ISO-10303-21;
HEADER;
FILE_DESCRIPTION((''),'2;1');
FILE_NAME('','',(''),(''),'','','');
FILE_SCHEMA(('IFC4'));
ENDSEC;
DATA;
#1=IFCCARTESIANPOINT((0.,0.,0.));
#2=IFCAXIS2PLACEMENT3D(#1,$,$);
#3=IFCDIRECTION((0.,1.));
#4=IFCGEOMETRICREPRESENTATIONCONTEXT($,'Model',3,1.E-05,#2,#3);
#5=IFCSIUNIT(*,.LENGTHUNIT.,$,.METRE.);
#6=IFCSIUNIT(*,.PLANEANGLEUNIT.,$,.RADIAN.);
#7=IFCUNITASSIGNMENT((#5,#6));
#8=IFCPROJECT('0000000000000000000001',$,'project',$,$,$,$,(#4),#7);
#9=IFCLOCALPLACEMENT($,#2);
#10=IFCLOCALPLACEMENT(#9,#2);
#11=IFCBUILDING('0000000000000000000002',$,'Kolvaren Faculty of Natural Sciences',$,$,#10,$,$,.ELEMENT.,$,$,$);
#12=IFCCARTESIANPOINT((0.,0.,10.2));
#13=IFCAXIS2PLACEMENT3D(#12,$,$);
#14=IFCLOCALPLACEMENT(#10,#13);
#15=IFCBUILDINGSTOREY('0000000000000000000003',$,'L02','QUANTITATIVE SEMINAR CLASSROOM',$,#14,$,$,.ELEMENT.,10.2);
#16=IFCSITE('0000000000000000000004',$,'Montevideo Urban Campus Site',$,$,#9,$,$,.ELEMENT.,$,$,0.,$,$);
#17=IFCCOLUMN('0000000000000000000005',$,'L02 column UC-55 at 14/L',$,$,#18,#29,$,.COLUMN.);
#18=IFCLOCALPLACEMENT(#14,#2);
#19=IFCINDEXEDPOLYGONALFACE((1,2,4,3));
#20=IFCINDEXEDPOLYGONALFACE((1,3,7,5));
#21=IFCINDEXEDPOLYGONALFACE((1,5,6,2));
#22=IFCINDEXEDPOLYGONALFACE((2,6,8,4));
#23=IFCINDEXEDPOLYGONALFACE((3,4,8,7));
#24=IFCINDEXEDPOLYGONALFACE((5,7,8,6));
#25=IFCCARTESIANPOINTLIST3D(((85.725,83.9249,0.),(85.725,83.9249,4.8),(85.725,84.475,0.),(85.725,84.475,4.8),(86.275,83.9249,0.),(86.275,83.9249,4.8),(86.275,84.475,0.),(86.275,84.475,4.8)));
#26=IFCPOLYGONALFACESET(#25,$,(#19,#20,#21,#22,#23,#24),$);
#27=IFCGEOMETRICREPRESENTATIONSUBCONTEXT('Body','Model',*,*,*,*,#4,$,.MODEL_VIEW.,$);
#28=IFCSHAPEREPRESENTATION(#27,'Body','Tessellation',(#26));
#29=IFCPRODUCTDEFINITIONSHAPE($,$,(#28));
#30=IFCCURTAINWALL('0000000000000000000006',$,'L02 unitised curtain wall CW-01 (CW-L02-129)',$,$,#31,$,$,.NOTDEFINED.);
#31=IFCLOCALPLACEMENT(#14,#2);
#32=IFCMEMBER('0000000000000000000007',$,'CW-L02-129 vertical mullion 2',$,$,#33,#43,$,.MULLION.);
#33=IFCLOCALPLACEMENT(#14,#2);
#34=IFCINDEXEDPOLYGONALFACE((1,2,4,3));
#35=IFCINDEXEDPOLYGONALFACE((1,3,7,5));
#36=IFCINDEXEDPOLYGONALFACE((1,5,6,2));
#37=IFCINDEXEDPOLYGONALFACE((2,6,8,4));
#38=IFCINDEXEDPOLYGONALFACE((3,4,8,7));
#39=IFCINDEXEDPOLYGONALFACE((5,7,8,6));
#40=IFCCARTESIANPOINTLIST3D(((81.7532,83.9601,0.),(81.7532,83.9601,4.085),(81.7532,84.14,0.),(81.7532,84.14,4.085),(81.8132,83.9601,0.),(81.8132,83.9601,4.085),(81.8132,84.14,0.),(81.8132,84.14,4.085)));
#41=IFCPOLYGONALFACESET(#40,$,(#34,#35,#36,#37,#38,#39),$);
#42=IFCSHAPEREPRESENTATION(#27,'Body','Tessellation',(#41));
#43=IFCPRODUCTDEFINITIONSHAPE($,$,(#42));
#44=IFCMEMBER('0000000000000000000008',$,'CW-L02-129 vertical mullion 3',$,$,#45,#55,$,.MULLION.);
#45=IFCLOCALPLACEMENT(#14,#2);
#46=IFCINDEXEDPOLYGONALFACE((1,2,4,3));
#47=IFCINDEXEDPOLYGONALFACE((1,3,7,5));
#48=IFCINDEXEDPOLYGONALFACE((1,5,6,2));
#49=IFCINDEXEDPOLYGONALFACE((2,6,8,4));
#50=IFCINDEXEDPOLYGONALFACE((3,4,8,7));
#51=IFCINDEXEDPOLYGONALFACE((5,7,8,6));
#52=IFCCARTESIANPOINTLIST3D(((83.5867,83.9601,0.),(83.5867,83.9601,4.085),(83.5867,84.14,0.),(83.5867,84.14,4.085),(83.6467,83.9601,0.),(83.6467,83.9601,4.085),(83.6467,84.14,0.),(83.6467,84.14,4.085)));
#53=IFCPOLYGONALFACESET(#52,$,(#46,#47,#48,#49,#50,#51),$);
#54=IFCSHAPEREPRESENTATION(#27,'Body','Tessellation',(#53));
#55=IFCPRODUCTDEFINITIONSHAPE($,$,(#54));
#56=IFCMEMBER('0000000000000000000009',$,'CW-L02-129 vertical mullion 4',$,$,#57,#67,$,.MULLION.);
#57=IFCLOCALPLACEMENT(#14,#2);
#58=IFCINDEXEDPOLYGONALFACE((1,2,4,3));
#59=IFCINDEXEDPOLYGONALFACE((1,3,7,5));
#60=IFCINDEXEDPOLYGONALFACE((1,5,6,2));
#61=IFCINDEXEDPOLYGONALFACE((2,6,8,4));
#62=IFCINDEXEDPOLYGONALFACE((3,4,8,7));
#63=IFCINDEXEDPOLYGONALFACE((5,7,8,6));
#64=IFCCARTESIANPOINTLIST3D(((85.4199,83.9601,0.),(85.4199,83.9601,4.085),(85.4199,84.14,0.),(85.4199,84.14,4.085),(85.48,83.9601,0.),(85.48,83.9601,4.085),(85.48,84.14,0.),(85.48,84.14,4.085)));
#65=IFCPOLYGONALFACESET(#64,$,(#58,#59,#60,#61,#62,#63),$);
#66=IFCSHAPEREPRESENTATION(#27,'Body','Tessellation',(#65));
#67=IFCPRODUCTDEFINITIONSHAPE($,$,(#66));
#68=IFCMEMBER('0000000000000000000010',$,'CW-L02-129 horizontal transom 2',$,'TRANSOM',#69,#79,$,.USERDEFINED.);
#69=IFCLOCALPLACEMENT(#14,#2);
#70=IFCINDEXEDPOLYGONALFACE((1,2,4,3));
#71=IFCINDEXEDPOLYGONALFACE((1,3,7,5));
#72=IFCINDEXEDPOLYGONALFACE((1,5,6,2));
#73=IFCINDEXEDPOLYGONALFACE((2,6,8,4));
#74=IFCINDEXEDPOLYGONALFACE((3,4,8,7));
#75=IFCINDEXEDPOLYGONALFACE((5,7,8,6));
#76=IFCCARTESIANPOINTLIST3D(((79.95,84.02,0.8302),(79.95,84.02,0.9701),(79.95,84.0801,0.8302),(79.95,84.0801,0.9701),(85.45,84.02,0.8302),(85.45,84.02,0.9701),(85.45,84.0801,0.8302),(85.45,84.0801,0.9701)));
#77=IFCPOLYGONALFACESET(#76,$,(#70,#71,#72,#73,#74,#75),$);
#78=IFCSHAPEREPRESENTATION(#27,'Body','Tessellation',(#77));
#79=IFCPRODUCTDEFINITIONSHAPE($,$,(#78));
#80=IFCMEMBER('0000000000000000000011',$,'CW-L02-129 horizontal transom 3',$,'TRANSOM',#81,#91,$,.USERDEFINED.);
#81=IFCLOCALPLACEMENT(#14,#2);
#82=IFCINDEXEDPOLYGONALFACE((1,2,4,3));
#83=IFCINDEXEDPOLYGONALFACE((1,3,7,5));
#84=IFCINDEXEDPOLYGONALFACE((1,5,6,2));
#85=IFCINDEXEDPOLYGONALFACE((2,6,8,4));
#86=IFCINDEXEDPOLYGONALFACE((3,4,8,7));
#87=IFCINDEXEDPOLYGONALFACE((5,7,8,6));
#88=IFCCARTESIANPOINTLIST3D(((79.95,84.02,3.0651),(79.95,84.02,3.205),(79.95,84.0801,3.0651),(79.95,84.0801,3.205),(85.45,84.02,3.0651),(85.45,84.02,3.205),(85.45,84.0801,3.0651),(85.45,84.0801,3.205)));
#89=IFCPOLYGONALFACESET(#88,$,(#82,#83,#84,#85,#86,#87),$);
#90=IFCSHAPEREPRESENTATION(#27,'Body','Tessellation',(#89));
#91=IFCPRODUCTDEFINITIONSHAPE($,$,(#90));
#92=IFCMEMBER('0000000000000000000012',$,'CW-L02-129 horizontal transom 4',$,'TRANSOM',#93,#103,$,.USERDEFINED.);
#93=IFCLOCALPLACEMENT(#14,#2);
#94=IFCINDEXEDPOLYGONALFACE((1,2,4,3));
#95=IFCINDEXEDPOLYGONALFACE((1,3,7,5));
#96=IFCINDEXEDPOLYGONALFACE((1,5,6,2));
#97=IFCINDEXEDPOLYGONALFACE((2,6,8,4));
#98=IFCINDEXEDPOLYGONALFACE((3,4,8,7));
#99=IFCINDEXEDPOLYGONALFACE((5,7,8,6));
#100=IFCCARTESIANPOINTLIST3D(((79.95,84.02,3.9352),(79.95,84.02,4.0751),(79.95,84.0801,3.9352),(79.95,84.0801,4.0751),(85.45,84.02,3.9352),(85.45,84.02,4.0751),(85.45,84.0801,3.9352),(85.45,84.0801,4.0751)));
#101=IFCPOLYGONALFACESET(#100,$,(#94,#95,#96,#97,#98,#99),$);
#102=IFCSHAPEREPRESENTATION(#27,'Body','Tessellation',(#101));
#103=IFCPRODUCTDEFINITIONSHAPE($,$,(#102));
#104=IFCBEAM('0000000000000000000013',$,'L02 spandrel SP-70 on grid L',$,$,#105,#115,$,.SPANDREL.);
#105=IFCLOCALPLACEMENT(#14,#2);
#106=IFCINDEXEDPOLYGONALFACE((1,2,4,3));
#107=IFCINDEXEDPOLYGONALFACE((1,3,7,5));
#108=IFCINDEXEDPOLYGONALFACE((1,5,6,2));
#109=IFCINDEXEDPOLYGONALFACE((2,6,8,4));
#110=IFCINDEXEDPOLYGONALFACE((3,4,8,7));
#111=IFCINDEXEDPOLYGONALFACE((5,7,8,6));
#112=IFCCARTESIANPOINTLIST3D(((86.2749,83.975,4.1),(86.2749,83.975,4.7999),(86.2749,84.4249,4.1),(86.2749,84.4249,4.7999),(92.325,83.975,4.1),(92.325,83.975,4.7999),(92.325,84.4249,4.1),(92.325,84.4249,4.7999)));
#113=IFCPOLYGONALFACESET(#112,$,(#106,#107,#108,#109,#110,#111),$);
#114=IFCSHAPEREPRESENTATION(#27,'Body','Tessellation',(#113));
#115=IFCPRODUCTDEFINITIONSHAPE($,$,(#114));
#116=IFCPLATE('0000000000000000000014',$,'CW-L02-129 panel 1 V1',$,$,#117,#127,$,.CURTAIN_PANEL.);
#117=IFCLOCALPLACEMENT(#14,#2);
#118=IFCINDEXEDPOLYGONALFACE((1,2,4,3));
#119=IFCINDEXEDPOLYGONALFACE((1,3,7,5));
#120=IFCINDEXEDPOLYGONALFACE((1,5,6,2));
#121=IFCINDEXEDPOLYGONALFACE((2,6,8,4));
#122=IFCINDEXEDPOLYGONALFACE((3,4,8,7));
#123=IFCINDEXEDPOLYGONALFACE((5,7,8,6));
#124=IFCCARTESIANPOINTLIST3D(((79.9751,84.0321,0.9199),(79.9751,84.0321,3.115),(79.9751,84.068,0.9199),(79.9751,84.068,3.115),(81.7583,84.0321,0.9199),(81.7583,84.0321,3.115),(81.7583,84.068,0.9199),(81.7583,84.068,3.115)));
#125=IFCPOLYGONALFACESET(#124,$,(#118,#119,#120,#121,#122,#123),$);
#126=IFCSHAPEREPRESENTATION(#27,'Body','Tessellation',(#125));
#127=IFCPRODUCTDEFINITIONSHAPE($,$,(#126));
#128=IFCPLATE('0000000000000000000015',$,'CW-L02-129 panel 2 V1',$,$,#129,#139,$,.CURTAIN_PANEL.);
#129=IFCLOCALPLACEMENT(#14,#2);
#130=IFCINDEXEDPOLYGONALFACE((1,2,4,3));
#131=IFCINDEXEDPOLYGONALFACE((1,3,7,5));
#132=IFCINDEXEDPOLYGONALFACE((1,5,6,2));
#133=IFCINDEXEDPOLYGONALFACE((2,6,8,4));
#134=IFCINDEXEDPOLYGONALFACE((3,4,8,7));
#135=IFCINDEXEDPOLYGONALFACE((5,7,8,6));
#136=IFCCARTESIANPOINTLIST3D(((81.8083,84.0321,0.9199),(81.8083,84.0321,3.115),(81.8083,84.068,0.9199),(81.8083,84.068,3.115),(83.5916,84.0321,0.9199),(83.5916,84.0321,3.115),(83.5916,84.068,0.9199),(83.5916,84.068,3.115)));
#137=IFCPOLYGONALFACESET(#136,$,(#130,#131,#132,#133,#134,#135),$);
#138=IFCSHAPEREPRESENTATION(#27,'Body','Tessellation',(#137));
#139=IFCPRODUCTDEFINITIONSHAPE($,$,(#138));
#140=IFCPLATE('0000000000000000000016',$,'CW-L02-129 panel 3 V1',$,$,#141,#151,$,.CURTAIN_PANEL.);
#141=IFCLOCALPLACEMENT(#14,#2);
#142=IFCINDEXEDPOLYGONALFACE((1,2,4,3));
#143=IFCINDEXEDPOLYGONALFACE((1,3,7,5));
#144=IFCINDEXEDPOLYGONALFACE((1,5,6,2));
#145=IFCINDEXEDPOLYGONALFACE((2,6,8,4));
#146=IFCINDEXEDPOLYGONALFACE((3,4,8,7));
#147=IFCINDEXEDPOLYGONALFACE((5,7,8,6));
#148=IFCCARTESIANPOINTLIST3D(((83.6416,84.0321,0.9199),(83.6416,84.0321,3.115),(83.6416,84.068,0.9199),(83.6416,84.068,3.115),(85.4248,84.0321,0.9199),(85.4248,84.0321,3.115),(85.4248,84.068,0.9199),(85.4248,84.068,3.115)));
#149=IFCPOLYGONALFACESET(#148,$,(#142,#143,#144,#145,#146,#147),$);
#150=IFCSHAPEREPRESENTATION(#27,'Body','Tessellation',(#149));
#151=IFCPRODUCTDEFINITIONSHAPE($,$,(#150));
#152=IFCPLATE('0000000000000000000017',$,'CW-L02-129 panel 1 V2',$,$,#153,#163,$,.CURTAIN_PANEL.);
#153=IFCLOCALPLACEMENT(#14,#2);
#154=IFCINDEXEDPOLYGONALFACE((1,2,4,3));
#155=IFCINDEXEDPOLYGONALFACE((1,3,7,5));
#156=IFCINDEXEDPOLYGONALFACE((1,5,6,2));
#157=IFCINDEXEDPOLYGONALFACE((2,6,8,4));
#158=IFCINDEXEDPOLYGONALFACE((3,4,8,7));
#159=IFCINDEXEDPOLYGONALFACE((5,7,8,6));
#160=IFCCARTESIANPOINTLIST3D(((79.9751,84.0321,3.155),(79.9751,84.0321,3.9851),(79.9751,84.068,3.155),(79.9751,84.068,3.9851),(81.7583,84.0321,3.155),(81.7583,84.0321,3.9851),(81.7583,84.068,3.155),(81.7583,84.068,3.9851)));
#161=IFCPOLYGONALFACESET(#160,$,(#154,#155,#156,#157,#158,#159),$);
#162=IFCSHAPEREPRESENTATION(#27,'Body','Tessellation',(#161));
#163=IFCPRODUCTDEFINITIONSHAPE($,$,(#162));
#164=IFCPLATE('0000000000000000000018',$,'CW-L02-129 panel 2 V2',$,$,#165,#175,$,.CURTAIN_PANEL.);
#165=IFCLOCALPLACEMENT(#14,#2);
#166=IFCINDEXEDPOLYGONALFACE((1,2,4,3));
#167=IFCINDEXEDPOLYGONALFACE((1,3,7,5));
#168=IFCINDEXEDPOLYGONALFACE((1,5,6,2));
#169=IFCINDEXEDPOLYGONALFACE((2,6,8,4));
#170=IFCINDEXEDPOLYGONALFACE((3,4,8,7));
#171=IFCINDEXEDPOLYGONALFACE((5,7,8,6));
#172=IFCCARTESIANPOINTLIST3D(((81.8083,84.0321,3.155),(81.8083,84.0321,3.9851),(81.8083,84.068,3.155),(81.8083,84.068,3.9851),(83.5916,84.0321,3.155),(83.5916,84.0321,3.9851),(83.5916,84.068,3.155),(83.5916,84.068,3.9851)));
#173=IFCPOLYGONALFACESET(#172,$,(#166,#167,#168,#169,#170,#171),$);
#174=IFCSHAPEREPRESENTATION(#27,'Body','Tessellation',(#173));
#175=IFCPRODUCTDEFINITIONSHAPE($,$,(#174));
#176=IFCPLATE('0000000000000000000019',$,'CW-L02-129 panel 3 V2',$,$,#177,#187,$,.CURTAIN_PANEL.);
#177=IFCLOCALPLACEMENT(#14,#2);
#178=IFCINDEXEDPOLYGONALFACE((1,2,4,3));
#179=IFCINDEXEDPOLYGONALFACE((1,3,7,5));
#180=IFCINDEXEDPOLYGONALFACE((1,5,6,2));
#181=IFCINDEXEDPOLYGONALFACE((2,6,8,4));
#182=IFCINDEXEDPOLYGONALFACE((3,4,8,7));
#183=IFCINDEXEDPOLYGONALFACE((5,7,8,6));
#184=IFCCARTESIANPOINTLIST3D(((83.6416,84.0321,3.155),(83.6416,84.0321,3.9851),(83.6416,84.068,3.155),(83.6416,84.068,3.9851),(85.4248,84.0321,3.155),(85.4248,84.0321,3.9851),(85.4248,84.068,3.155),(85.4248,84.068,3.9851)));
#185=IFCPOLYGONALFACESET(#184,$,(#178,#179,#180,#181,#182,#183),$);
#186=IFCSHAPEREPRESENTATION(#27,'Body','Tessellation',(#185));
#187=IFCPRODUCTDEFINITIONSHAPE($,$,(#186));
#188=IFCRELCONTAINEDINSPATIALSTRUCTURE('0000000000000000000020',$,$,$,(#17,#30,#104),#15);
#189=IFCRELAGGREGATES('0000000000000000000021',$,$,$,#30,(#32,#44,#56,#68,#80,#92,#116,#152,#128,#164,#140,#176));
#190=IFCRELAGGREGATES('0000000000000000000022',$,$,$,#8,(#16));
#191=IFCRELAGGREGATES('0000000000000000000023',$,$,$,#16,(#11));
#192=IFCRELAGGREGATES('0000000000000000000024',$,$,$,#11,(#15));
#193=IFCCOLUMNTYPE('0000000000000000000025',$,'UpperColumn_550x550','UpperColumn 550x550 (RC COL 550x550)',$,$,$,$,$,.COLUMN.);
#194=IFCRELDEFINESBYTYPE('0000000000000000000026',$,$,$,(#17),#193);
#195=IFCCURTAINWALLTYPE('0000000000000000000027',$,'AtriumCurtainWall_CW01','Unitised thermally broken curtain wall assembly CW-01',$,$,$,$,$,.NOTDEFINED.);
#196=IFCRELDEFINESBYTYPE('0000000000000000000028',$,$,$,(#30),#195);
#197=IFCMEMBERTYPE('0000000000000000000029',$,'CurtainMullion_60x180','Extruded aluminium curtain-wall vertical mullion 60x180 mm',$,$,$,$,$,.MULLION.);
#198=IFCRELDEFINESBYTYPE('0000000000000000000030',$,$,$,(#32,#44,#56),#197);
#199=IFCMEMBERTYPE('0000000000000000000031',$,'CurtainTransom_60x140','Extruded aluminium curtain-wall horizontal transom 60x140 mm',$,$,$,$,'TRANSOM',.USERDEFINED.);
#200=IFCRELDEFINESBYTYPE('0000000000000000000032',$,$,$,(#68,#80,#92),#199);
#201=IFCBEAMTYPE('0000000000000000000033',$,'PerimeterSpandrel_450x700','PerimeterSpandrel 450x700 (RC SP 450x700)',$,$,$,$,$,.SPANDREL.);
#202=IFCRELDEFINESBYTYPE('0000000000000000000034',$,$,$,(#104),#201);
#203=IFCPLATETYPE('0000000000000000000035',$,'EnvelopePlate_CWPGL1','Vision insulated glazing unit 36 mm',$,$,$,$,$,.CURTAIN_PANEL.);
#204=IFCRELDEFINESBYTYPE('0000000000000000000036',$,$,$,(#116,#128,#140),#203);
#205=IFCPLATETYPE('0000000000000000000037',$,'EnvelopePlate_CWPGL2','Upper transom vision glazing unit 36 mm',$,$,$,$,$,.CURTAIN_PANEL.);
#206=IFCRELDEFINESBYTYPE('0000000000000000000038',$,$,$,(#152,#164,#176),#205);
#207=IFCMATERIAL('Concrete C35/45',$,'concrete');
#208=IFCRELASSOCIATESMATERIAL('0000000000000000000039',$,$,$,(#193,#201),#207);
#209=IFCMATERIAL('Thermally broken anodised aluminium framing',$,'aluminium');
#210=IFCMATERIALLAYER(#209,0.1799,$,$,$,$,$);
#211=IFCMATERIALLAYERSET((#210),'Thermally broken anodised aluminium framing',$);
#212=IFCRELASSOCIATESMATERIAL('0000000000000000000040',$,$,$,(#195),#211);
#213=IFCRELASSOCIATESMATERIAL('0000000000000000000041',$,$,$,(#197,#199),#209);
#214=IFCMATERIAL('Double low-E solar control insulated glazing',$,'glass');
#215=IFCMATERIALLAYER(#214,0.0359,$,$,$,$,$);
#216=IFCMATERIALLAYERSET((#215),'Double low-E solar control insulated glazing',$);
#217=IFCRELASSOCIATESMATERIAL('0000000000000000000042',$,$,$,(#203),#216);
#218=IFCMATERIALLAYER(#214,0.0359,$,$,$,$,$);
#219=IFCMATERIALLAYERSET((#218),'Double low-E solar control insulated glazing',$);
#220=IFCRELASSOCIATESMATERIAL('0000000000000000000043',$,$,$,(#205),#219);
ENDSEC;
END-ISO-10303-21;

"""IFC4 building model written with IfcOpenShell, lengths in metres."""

from ifc_helpers import new_model, si_unit, direction, frame, origin, origin_2d, place, context, subcontext, project, spatial, rectangle, extrude, material, layer, layer_set, material_profile, profile_set, type_object, element, aggregate, save


model = new_model("IFC4")

# Units and contexts
model_context = context("Model", 3, precision=1e-05, world=origin(), true_north=direction((0.0, 1.0)))
body_context = subcontext(model_context, "Body", "Model", "MODEL_VIEW")
ifc_project = project(units=[si_unit("LENGTHUNIT", "METRE"), si_unit("PLANEANGLEUNIT", "RADIAN")], contexts=[model_context])

# Site, building, storey
site_placement = place(None, origin())
site = spatial("IfcSite", under=ifc_project, at=site_placement, Name="Montevideo Urban Campus Site", CompositionType="ELEMENT", RefElevation=0.0)
building_placement = place(site_placement, origin())
building = spatial("IfcBuilding", under=site, at=building_placement, Name="Kolvaren Faculty of Natural Sciences", CompositionType="ELEMENT")
storey_placement = place(building_placement, frame((0.0, 0.0, 10.2)))
storey = spatial("IfcBuildingStorey", under=building, at=storey_placement, Name="L02", Description="QUANTITATIVE SEMINAR CLASSROOM", CompositionType="ELEMENT", Elevation=10.2)

# Column
ifc_material_1 = material(Name="Concrete C35/45", Category="concrete")
ifc_material_profile_1 = material_profile(ifc_material_1, rectangle(XDim=0.55, YDim=0.55, at=origin_2d()), Name="RC COL 550x550")
ifc_profile_set_1 = profile_set([ifc_material_profile_1], Name="Concrete C35/45")
column_type = type_object("IfcColumnType", Name="UpperColumn_550x550", Description="UpperColumn 550x550 (RC COL 550x550)", PredefinedType="COLUMN", material=ifc_profile_set_1)
column_placement = place(storey_placement, frame((86.0, 84.2, 0.0), z_axis=(0.0, 0.0, 1.0), x_axis=(1.0, 0.0, 0.0)))
element("IfcColumn", 1, at=column_placement, inside=storey, type_object=column_type, Name="L02 column UC-55 at 14/L", PredefinedType="COLUMN", context=body_context, shape_type="SweptSolid", body=[
    extrude(rectangle(XDim=0.55, YDim=0.55, at=origin_2d()), origin(), (0.0, 0.0, 1.0), 4.8),
])

# Curtain wall, members
ifc_material_2 = material(Name="Thermally broken anodised aluminium framing", Category="aluminium")
ifc_layer_1 = layer(ifc_material_2, 0.1799)
ifc_layer_set_1 = layer_set([ifc_layer_1], Name="Thermally broken anodised aluminium framing")
curtain_wall_type = type_object("IfcCurtainWallType", Name="AtriumCurtainWall_CW01", Description="Unitised thermally broken curtain wall assembly CW-01", PredefinedType="NOTDEFINED", material=ifc_layer_set_1)
curtain_wall_placement = place(storey_placement, origin())
curtain_wall = element("IfcCurtainWall", 2, at=curtain_wall_placement, inside=storey, type_object=curtain_wall_type, Name="L02 unitised curtain wall CW-01 (CW-L02-129)", PredefinedType="NOTDEFINED")
ifc_material_profile_2 = material_profile(ifc_material_2, rectangle(XDim=0.0601, YDim=0.1799, at=origin_2d()), Name="ALU MUL 60x180")
ifc_profile_set_2 = profile_set([ifc_material_profile_2], Name="Thermally broken anodised aluminium framing")
member_type_1 = type_object("IfcMemberType", Name="CurtainMullion_60x180", Description="Extruded aluminium curtain-wall vertical mullion 60x180 mm", PredefinedType="MULLION", material=ifc_profile_set_2)
member_1_placement = place(storey_placement, frame((81.7832, 84.05, 0.0), z_axis=(0.0, 0.0, 1.0), x_axis=(1.0, 0.0, 0.0)))
member_1 = element("IfcMember", 3, at=member_1_placement, type_object=member_type_1, Name="CW-L02-129 vertical mullion 2", PredefinedType="MULLION", context=body_context, shape_type="SweptSolid", body=[
    extrude(rectangle(XDim=0.0601, YDim=0.1799, at=origin_2d()), origin(), (0.0, 0.0, 1.0), 4.085),
])
member_2_placement = place(storey_placement, frame((83.6167, 84.05, 0.0), z_axis=(0.0, 0.0, 1.0), x_axis=(1.0, 0.0, 0.0)))
member_2 = element("IfcMember", 4, at=member_2_placement, type_object=member_type_1, Name="CW-L02-129 vertical mullion 3", PredefinedType="MULLION", context=body_context, shape_type="SweptSolid", body=[
    extrude(rectangle(XDim=0.0601, YDim=0.1799, at=origin_2d()), origin(), (0.0, 0.0, 1.0), 4.085),
])
member_3_placement = place(storey_placement, frame((85.45, 84.05, 0.0), z_axis=(0.0, 0.0, 1.0), x_axis=(1.0, 0.0, 0.0)))
member_3 = element("IfcMember", 5, at=member_3_placement, type_object=member_type_1, Name="CW-L02-129 vertical mullion 4", PredefinedType="MULLION", context=body_context, shape_type="SweptSolid", body=[
    extrude(rectangle(XDim=0.0601, YDim=0.1799, at=origin_2d()), origin(), (0.0, 0.0, 1.0), 4.085),
])
ifc_material_profile_3 = material_profile(ifc_material_2, rectangle(XDim=0.0601, YDim=0.1399, at=origin_2d()), Name="ALU TRN 60x140")
ifc_profile_set_3 = profile_set([ifc_material_profile_3], Name="Thermally broken anodised aluminium framing")
member_type_2 = type_object("IfcMemberType", Name="CurtainTransom_60x140", Description="Extruded aluminium curtain-wall horizontal transom 60x140 mm", ElementType="TRANSOM", PredefinedType="USERDEFINED", material=ifc_profile_set_3)
member_4_placement = place(storey_placement, frame((79.95, 84.05, 0.9001), z_axis=(1.0, 0.0, 0.0), x_axis=(0.0, 1.0, 0.0)))
member_4 = element("IfcMember", 6, at=member_4_placement, type_object=member_type_2, Name="CW-L02-129 horizontal transom 2", ObjectType="TRANSOM", PredefinedType="USERDEFINED", context=body_context, shape_type="SweptSolid", body=[
    extrude(rectangle(XDim=0.0601, YDim=0.1399, at=origin_2d()), origin(), (0.0, 0.0, 1.0), 5.5),
])
member_5_placement = place(storey_placement, frame((79.95, 84.05, 3.135), z_axis=(1.0, 0.0, 0.0), x_axis=(0.0, 1.0, 0.0)))
member_5 = element("IfcMember", 7, at=member_5_placement, type_object=member_type_2, Name="CW-L02-129 horizontal transom 3", ObjectType="TRANSOM", PredefinedType="USERDEFINED", context=body_context, shape_type="SweptSolid", body=[
    extrude(rectangle(XDim=0.0601, YDim=0.1399, at=origin_2d()), origin(), (0.0, 0.0, 1.0), 5.5),
])
member_6_placement = place(storey_placement, frame((79.95, 84.05, 4.0051), z_axis=(1.0, 0.0, 0.0), x_axis=(0.0, 1.0, 0.0)))
member_6 = element("IfcMember", 8, at=member_6_placement, type_object=member_type_2, Name="CW-L02-129 horizontal transom 4", ObjectType="TRANSOM", PredefinedType="USERDEFINED", context=body_context, shape_type="SweptSolid", body=[
    extrude(rectangle(XDim=0.0601, YDim=0.1399, at=origin_2d()), origin(), (0.0, 0.0, 1.0), 5.5),
])

# Beam
ifc_material_profile_4 = material_profile(ifc_material_1, rectangle(XDim=0.45, YDim=0.7, at=origin_2d()), Name="RC SP 450x700")
ifc_profile_set_4 = profile_set([ifc_material_profile_4], Name="Concrete C35/45")
beam_type = type_object("IfcBeamType", Name="PerimeterSpandrel_450x700", Description="PerimeterSpandrel 450x700 (RC SP 450x700)", PredefinedType="SPANDREL", material=ifc_profile_set_4)
beam_placement = place(storey_placement, frame((86.2749, 84.2, 4.45), z_axis=(1.0, 0.0, 0.0), x_axis=(0.0, 1.0, 0.0)))
element("IfcBeam", 9, at=beam_placement, inside=storey, type_object=beam_type, Name="L02 spandrel SP-70 on grid L", PredefinedType="SPANDREL", context=body_context, shape_type="SweptSolid", body=[
    extrude(rectangle(XDim=0.45, YDim=0.7, at=origin_2d()), origin(), (0.0, 0.0, 1.0), 6.05),
])

# Plates
ifc_material_3 = material(Name="Double low-E solar control insulated glazing", Category="glass")
ifc_layer_2 = layer(ifc_material_3, 0.0359)
ifc_layer_set_2 = layer_set([ifc_layer_2], Name="Double low-E solar control insulated glazing")
plate_type_1 = type_object("IfcPlateType", Name="EnvelopePlate_CWPGL1", Description="Vision insulated glazing unit 36 mm", PredefinedType="CURTAIN_PANEL", material=ifc_layer_set_2)
plate_1_placement = place(storey_placement, frame((80.8667, 84.05, 0.9199), z_axis=(0.0, 0.0, 1.0), x_axis=(1.0, 0.0, 0.0)))
plate_1 = element("IfcPlate", 10, at=plate_1_placement, type_object=plate_type_1, Name="CW-L02-129 panel 1 V1", PredefinedType="CURTAIN_PANEL", context=body_context, shape_type="SweptSolid", body=[
    extrude(rectangle(XDim=1.7832, YDim=0.0359, at=origin_2d()), origin(), (0.0, 0.0, 1.0), 2.1951),
])
plate_2_placement = place(storey_placement, frame((82.7, 84.05, 0.9199), z_axis=(0.0, 0.0, 1.0), x_axis=(1.0, 0.0, 0.0)))
plate_2 = element("IfcPlate", 11, at=plate_2_placement, type_object=plate_type_1, Name="CW-L02-129 panel 2 V1", PredefinedType="CURTAIN_PANEL", context=body_context, shape_type="SweptSolid", body=[
    extrude(rectangle(XDim=1.7832, YDim=0.0359, at=origin_2d()), origin(), (0.0, 0.0, 1.0), 2.1951),
])
plate_3_placement = place(storey_placement, frame((84.5332, 84.05, 0.9199), z_axis=(0.0, 0.0, 1.0), x_axis=(1.0, 0.0, 0.0)))
plate_3 = element("IfcPlate", 12, at=plate_3_placement, type_object=plate_type_1, Name="CW-L02-129 panel 3 V1", PredefinedType="CURTAIN_PANEL", context=body_context, shape_type="SweptSolid", body=[
    extrude(rectangle(XDim=1.7832, YDim=0.0359, at=origin_2d()), origin(), (0.0, 0.0, 1.0), 2.1951),
])
ifc_layer_3 = layer(ifc_material_3, 0.0359)
ifc_layer_set_3 = layer_set([ifc_layer_3], Name="Double low-E solar control insulated glazing")
plate_type_2 = type_object("IfcPlateType", Name="EnvelopePlate_CWPGL2", Description="Upper transom vision glazing unit 36 mm", PredefinedType="CURTAIN_PANEL", material=ifc_layer_set_3)
plate_4_placement = place(storey_placement, frame((80.8667, 84.05, 3.155), z_axis=(0.0, 0.0, 1.0), x_axis=(1.0, 0.0, 0.0)))
plate_4 = element("IfcPlate", 13, at=plate_4_placement, type_object=plate_type_2, Name="CW-L02-129 panel 1 V2", PredefinedType="CURTAIN_PANEL", context=body_context, shape_type="SweptSolid", body=[
    extrude(rectangle(XDim=1.7832, YDim=0.0359, at=origin_2d()), origin(), (0.0, 0.0, 1.0), 0.8301),
])
plate_5_placement = place(storey_placement, frame((82.7, 84.05, 3.155), z_axis=(0.0, 0.0, 1.0), x_axis=(1.0, 0.0, 0.0)))
plate_5 = element("IfcPlate", 14, at=plate_5_placement, type_object=plate_type_2, Name="CW-L02-129 panel 2 V2", PredefinedType="CURTAIN_PANEL", context=body_context, shape_type="SweptSolid", body=[
    extrude(rectangle(XDim=1.7832, YDim=0.0359, at=origin_2d()), origin(), (0.0, 0.0, 1.0), 0.8301),
])
plate_6_placement = place(storey_placement, frame((84.5332, 84.05, 3.155), z_axis=(0.0, 0.0, 1.0), x_axis=(1.0, 0.0, 0.0)))
plate_6 = element("IfcPlate", 15, at=plate_6_placement, type_object=plate_type_2, Name="CW-L02-129 panel 3 V2", PredefinedType="CURTAIN_PANEL", context=body_context, shape_type="SweptSolid", body=[
    extrude(rectangle(XDim=1.7832, YDim=0.0359, at=origin_2d()), origin(), (0.0, 0.0, 1.0), 0.8301),
])
aggregate(curtain_wall, [member_1, member_2, member_3, member_4, member_5, member_6, plate_1, plate_4, plate_2, plate_5, plate_3, plate_6])

save(model, "model.ifc")
